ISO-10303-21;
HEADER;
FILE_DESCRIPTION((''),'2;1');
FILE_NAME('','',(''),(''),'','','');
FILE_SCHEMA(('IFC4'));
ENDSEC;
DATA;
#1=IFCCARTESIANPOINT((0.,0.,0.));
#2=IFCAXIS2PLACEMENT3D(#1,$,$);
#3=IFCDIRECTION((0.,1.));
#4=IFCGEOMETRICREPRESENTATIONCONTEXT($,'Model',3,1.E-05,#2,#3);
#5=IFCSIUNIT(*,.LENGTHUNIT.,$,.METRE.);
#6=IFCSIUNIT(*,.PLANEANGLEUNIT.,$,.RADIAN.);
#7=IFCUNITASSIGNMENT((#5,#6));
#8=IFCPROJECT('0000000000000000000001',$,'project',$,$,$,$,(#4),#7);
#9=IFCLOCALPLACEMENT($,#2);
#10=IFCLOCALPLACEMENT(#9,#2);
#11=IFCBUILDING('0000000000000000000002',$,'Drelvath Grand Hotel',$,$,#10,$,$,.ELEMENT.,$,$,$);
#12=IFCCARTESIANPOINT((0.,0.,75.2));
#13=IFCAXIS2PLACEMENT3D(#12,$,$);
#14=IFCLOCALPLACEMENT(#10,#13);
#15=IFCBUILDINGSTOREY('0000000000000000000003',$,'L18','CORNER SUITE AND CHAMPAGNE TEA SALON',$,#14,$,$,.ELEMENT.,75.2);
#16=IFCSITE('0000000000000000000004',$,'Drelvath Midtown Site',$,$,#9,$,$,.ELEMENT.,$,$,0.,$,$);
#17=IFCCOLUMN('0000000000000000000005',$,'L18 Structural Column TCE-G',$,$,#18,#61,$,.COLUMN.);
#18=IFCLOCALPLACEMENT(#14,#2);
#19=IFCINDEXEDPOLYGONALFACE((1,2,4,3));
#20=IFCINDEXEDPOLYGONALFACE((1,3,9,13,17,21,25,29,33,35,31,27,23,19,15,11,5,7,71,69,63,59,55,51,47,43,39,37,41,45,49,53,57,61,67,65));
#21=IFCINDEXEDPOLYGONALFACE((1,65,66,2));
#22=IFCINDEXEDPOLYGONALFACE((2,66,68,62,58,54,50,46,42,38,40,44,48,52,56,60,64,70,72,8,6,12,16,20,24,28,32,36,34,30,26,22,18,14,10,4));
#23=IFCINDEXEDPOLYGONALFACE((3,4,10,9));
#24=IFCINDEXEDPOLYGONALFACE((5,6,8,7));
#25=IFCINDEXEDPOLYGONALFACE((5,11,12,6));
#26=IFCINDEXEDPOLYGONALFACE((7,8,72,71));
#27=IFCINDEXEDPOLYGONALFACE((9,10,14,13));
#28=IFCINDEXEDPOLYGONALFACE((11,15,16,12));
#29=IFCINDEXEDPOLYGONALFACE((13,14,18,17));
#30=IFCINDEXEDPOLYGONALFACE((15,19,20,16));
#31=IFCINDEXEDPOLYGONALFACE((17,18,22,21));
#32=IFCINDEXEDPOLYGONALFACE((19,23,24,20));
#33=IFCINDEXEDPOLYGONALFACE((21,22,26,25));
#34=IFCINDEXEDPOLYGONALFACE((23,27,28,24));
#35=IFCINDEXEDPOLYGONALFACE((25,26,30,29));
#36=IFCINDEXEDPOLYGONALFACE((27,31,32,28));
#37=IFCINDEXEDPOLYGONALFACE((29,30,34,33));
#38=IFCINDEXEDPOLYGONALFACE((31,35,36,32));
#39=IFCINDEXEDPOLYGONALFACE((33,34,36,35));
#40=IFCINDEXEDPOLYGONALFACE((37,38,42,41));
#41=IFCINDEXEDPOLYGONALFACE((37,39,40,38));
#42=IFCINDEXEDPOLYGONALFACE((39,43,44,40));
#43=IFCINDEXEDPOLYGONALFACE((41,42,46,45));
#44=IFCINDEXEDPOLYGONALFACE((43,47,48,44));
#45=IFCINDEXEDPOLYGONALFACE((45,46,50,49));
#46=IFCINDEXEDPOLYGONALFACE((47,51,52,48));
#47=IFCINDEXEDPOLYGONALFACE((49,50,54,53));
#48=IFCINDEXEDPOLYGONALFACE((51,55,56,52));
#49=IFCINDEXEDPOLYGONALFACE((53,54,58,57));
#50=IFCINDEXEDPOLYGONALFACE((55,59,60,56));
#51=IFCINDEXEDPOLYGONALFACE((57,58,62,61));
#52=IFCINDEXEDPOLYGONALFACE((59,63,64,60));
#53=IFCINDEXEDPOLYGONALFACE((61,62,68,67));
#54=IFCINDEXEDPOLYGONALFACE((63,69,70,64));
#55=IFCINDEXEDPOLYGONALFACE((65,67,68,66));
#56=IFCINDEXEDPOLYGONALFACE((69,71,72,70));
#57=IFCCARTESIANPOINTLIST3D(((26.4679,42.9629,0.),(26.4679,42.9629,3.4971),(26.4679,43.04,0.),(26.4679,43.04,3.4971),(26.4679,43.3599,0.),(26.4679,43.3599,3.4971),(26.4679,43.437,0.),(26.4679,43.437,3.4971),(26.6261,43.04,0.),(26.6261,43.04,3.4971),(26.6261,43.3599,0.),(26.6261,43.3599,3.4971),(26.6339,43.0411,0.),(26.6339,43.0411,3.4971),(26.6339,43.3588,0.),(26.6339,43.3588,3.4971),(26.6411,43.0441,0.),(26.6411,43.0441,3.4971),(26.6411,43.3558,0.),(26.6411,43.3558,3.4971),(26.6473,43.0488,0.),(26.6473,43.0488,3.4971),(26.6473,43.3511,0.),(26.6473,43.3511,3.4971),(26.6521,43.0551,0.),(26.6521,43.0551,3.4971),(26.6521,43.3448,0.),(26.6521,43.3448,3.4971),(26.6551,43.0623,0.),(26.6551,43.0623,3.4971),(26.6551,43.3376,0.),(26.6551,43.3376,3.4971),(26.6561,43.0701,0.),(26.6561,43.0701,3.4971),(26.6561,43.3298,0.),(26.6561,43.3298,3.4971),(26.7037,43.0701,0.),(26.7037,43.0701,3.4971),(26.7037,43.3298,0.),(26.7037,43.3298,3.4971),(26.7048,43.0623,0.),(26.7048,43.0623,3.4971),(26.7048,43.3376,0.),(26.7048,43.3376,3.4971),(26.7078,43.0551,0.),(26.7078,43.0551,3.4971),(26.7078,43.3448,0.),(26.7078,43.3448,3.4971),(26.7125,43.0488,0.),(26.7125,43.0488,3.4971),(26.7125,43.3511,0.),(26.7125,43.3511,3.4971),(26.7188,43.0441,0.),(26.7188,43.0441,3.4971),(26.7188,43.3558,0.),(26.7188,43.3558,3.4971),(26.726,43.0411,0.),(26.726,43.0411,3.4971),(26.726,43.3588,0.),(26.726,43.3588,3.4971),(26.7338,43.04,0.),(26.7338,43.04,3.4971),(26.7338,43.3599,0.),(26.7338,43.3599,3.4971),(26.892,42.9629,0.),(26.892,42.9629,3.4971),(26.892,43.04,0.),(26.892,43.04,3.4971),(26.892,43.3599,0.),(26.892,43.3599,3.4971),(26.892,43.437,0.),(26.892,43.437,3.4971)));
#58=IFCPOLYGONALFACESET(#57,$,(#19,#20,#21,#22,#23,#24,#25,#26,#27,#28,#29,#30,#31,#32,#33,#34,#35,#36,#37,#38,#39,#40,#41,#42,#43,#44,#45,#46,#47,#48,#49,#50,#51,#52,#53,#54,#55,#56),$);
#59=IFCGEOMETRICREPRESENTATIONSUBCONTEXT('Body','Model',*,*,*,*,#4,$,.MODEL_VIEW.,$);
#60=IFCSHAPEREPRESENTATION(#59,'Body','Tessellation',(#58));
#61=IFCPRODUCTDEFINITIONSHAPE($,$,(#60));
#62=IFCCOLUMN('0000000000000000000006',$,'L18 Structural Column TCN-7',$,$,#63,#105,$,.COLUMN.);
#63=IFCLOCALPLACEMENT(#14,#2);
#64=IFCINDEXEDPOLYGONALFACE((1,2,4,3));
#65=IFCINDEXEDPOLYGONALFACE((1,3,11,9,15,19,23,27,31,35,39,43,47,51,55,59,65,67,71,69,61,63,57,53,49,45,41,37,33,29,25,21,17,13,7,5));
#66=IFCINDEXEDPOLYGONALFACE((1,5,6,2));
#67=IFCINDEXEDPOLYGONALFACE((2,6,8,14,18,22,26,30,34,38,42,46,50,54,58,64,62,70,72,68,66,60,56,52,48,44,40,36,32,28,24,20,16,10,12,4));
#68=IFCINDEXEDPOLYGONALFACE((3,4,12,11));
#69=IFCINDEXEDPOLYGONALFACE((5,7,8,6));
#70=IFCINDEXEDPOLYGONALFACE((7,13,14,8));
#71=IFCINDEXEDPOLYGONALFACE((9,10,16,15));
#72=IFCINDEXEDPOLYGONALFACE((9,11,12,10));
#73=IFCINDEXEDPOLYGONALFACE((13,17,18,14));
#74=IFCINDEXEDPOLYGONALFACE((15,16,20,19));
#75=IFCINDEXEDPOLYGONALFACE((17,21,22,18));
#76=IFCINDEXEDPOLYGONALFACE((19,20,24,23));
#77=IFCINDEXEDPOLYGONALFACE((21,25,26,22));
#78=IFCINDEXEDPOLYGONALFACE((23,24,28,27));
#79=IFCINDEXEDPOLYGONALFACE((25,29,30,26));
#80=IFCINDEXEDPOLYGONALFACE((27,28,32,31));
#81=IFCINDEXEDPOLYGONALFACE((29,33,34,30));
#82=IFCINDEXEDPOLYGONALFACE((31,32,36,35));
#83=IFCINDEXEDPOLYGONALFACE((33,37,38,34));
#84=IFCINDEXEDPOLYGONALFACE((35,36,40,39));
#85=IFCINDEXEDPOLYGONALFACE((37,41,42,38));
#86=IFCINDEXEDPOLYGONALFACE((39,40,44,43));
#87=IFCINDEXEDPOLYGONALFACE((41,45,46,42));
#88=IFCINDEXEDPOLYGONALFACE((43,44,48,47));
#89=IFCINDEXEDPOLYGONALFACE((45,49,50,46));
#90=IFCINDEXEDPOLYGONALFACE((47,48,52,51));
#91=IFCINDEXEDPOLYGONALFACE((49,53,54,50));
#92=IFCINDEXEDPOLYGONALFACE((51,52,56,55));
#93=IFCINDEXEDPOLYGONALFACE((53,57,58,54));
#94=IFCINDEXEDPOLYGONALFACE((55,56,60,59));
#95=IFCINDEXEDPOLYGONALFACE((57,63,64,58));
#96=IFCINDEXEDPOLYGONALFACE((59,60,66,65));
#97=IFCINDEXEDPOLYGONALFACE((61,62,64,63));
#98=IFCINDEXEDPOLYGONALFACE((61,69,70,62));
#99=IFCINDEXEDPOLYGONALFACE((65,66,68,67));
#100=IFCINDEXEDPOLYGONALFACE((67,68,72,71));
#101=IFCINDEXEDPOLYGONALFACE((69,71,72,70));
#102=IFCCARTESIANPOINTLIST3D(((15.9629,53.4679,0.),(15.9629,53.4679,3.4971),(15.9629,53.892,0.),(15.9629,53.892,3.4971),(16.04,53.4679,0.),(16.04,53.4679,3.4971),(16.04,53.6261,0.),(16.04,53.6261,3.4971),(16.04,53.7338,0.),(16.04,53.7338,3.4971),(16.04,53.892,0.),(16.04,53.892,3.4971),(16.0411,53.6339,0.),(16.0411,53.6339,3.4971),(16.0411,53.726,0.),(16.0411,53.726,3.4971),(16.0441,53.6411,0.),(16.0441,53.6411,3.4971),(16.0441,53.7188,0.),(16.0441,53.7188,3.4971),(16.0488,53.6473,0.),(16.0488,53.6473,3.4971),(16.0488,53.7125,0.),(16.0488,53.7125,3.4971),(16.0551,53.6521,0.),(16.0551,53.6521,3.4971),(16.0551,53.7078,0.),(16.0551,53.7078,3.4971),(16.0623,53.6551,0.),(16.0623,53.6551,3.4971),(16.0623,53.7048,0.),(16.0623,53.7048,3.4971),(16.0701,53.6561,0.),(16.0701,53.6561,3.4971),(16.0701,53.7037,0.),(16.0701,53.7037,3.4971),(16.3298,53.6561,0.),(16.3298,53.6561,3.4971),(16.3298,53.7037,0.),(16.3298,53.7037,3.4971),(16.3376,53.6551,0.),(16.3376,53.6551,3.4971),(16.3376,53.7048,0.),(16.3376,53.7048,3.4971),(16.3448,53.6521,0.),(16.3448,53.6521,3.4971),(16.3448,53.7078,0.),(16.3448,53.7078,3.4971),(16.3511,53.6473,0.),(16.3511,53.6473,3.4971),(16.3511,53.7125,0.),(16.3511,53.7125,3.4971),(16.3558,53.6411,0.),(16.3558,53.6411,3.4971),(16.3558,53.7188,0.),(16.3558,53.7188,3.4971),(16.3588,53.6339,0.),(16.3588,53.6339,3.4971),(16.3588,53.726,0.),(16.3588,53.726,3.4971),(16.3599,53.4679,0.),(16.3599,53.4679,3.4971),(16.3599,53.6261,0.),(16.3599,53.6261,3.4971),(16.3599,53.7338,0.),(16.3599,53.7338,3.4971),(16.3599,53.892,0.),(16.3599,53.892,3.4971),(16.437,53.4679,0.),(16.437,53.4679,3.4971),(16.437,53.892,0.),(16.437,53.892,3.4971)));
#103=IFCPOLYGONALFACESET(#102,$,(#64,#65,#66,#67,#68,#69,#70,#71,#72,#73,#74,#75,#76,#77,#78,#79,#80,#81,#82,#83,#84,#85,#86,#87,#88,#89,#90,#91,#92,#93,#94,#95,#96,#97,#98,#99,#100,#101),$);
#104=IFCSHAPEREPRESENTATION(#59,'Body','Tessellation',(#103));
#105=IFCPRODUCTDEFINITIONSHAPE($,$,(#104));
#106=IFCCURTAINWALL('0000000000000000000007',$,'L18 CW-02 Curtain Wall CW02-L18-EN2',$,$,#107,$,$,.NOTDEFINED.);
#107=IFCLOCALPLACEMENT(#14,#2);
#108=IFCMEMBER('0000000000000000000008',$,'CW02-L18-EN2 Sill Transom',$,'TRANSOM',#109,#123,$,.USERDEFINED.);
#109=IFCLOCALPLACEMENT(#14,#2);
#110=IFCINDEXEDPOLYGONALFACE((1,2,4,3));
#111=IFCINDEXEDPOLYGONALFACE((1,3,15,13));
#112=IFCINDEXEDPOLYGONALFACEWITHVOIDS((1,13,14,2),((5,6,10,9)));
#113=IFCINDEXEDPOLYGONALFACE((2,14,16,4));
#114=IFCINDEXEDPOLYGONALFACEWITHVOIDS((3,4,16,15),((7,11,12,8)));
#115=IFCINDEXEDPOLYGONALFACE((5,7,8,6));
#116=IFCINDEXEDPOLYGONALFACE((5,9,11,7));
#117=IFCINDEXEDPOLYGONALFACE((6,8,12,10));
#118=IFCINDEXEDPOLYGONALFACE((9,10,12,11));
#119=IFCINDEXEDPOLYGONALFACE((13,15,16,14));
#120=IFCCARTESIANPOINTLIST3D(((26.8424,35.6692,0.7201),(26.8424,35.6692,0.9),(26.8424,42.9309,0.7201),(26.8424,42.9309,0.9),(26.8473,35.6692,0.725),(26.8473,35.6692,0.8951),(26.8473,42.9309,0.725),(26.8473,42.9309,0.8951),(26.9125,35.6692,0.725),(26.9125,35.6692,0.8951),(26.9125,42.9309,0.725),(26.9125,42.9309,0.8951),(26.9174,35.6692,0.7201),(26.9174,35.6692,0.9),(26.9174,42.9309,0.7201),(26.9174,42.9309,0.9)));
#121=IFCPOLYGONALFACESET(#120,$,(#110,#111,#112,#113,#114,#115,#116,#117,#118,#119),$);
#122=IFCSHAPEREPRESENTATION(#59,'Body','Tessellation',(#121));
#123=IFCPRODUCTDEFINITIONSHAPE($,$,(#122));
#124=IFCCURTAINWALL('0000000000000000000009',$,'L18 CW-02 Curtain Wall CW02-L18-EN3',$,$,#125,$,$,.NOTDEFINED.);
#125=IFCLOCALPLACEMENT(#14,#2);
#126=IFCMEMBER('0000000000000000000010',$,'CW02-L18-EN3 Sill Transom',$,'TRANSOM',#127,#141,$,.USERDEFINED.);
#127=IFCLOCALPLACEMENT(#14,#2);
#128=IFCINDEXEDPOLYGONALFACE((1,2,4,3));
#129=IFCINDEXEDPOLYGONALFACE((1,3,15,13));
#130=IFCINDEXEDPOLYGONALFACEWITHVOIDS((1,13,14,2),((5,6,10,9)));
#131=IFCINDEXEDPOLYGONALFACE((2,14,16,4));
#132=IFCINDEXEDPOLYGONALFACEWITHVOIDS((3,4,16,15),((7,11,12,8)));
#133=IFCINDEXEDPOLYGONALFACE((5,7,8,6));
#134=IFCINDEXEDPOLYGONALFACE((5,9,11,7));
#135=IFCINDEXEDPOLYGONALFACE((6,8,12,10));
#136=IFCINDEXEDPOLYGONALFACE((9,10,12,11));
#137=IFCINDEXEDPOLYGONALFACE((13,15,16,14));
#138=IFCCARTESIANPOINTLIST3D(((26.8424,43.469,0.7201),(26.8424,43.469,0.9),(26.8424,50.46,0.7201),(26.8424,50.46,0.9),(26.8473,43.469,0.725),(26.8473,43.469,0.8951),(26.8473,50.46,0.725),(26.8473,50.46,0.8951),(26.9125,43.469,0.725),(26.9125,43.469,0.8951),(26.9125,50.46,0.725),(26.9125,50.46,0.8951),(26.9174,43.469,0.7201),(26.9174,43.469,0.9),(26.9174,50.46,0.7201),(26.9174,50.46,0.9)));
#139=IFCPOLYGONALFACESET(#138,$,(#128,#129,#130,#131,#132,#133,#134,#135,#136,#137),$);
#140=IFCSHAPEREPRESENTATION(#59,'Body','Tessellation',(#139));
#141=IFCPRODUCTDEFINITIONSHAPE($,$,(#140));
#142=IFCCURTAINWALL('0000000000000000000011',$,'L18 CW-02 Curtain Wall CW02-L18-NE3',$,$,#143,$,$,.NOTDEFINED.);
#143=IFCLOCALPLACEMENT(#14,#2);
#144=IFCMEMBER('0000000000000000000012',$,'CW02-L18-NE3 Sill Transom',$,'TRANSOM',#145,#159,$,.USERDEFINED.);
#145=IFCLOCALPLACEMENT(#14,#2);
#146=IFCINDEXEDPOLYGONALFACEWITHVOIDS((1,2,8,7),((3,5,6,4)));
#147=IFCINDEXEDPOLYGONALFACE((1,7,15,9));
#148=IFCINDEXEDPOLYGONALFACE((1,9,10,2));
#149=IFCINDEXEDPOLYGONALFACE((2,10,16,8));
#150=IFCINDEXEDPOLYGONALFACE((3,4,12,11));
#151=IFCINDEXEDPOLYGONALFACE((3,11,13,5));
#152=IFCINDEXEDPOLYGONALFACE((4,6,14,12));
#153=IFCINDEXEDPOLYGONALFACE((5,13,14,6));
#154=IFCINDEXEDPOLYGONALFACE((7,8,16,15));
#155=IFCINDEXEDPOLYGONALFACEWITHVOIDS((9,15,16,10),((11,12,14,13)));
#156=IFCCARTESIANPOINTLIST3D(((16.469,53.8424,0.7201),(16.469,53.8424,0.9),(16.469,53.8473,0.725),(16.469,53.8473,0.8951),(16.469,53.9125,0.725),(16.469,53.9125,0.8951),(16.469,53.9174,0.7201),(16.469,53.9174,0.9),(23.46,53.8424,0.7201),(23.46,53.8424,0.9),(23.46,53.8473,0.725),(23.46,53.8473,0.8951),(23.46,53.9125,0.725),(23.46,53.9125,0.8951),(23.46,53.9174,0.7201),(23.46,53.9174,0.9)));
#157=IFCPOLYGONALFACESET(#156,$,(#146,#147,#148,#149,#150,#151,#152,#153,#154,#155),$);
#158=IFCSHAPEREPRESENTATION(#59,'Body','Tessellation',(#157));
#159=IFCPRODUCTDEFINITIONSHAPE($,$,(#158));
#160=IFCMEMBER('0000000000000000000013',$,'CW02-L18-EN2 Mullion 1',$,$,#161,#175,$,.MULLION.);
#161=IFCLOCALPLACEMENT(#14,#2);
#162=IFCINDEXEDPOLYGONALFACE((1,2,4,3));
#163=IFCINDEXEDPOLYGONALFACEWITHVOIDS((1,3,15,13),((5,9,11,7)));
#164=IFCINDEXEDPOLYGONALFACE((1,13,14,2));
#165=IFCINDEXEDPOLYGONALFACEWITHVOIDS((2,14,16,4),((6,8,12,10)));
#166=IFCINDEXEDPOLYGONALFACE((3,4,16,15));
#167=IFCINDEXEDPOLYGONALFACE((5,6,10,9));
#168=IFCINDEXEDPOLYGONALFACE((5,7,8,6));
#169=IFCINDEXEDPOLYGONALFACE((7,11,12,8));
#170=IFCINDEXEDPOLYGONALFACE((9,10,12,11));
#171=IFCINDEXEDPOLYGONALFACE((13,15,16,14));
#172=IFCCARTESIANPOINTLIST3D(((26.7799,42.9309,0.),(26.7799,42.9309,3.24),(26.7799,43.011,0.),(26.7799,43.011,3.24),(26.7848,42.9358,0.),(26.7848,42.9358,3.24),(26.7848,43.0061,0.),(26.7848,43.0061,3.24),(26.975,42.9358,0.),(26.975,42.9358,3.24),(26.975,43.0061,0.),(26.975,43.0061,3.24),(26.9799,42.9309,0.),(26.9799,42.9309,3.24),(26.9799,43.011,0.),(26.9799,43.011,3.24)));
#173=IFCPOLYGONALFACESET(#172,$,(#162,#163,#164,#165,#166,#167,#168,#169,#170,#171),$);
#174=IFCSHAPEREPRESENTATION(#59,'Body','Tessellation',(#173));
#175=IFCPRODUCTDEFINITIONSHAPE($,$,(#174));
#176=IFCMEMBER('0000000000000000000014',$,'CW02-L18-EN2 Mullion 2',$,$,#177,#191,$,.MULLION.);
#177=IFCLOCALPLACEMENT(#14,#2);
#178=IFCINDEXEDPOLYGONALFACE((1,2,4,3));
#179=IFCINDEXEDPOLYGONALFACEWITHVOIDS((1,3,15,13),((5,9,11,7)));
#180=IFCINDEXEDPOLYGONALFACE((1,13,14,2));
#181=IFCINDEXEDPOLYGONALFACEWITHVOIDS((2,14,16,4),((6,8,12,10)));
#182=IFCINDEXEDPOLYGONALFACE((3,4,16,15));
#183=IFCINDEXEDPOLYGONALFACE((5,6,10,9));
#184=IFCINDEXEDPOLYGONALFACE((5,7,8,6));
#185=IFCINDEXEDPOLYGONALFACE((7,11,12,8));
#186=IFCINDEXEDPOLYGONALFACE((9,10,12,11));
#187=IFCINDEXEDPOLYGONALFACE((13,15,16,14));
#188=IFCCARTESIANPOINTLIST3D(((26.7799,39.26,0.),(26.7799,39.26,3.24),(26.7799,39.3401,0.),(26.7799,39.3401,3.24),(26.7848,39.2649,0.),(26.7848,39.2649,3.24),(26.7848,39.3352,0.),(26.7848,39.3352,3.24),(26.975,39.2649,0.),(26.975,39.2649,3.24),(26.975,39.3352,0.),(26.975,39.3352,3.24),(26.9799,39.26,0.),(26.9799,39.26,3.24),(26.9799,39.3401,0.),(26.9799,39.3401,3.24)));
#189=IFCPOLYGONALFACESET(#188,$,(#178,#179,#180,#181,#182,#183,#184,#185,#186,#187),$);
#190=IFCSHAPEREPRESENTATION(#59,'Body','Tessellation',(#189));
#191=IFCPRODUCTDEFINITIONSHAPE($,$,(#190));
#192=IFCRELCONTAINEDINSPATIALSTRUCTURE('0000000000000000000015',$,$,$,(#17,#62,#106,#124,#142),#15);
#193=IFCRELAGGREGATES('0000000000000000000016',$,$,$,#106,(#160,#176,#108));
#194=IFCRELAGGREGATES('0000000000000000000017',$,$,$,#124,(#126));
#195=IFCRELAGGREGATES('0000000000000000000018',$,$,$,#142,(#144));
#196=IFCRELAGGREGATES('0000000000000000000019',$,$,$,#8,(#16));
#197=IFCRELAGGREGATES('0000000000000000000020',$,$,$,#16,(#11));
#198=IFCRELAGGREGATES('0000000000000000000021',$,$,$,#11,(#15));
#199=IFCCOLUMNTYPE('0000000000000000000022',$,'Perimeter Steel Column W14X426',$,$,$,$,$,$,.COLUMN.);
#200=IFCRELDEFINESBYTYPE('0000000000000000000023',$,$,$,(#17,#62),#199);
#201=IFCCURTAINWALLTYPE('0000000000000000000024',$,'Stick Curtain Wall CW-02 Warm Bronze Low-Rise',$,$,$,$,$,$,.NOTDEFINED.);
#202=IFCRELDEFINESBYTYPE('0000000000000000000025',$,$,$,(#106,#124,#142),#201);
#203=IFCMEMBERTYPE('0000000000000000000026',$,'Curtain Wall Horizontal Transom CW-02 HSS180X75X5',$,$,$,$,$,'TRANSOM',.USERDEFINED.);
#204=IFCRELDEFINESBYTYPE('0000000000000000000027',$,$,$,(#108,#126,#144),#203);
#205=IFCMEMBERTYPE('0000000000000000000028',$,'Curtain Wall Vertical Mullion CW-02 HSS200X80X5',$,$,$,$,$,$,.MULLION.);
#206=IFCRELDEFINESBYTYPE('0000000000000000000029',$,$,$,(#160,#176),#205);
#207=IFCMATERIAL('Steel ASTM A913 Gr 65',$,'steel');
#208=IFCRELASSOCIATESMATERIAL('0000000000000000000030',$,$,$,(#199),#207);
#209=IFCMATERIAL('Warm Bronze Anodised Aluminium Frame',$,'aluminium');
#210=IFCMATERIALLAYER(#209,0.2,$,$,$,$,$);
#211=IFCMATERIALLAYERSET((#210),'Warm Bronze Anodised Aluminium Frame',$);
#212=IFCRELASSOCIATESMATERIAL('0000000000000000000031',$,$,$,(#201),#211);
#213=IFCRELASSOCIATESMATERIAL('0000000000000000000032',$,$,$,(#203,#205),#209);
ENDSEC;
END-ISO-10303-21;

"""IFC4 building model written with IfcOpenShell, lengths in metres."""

from ifc_helpers import new_model, si_unit, direction, frame, origin, origin_2d, place, context, subcontext, project, spatial, hollow_rectangle, i_section, extrude, material, layer, layer_set, material_profile, profile_set, type_object, element, aggregate, save


model = new_model("IFC4")

# Units and contexts
model_context = context("Model", 3, precision=1e-05, world=origin(), true_north=direction((0.0, 1.0)))
body_context = subcontext(model_context, "Body", "Model", "MODEL_VIEW")
ifc_project = project(units=[si_unit("LENGTHUNIT", "METRE"), si_unit("PLANEANGLEUNIT", "RADIAN")], contexts=[model_context])

# Site, building, storey
site_placement = place(None, origin())
site = spatial("IfcSite", under=ifc_project, at=site_placement, Name="Drelvath Midtown Site", CompositionType="ELEMENT", RefElevation=0.0)
building_placement = place(site_placement, origin())
building = spatial("IfcBuilding", under=site, at=building_placement, Name="Drelvath Grand Hotel", CompositionType="ELEMENT")
storey_placement = place(building_placement, frame((0.0, 0.0, 75.2)))
storey = spatial("IfcBuildingStorey", under=building, at=storey_placement, Name="L18", Description="CORNER SUITE AND CHAMPAGNE TEA SALON", CompositionType="ELEMENT", Elevation=75.2)

# Columns
ifc_material_1 = material(Name="Steel ASTM A913 Gr 65", Category="steel")
ifc_material_profile_1 = material_profile(ifc_material_1, i_section(OverallWidth=0.4241, OverallDepth=0.4741, WebThickness=0.0476, FlangeThickness=0.0771, FilletRadius=0.03, at=origin_2d()), Name="W14X426")
ifc_profile_set_1 = profile_set([ifc_material_profile_1], Name="Steel ASTM A913 Gr 65")
column_type = type_object("IfcColumnType", Name="Perimeter Steel Column W14X426", PredefinedType="COLUMN", material=ifc_profile_set_1)
for number, where, z_axis, x_axis, name in (
    (1, (26.6799, 43.2, 0.0), (0.0, 0.0, 1.0), (1.0, 0.0, 0.0), "L18 Structural Column TCE-G"),
    (2, (16.2, 53.6799, 0.0), (0.0, 0.0, 1.0), (0.0, 1.0, 0.0), "L18 Structural Column TCN-7"),
):
    element("IfcColumn", number, at=place(storey_placement, frame(where, z_axis=z_axis, x_axis=x_axis)), inside=storey, type_object=column_type, Name=name, PredefinedType="COLUMN", context=body_context, shape_type="SweptSolid", body=[
        extrude(i_section(OverallWidth=0.4241, OverallDepth=0.4741, WebThickness=0.0476, FlangeThickness=0.0771, FilletRadius=0.03, at=origin_2d()), origin(), (0.0, 0.0, 1.0), 3.4971),
    ])

# Curtain walls, members
ifc_material_2 = material(Name="Warm Bronze Anodised Aluminium Frame", Category="aluminium")
ifc_layer_1 = layer(ifc_material_2, 0.2)
ifc_layer_set_1 = layer_set([ifc_layer_1], Name="Warm Bronze Anodised Aluminium Frame")
curtain_wall_type = type_object("IfcCurtainWallType", Name="Stick Curtain Wall CW-02 Warm Bronze Low-Rise", PredefinedType="NOTDEFINED", material=ifc_layer_set_1)
curtain_wall_1_placement = place(storey_placement, origin())
curtain_wall_1 = element("IfcCurtainWall", 3, at=curtain_wall_1_placement, inside=storey, type_object=curtain_wall_type, Name="L18 CW-02 Curtain Wall CW02-L18-EN2", PredefinedType="NOTDEFINED")
ifc_material_profile_2 = material_profile(ifc_material_2, hollow_rectangle(XDim=0.075, YDim=0.1799, WallThickness=0.0049, at=origin_2d()), Name="HSS180X75X5")
ifc_profile_set_2 = profile_set([ifc_material_profile_2], Name="Warm Bronze Anodised Aluminium Frame")
member_type_1 = type_object("IfcMemberType", Name="Curtain Wall Horizontal Transom CW-02 HSS180X75X5", ElementType="TRANSOM", PredefinedType="USERDEFINED", material=ifc_profile_set_2)
member_1_placement = place(storey_placement, frame((26.8799, 42.9309, 0.8101), z_axis=(0.0, -1.0, 0.0), x_axis=(1.0, 0.0, 0.0)))
member_1 = element("IfcMember", 4, at=member_1_placement, type_object=member_type_1, Name="CW02-L18-EN2 Sill Transom", ObjectType="TRANSOM", PredefinedType="USERDEFINED", context=body_context, shape_type="SweptSolid", body=[
    extrude(hollow_rectangle(XDim=0.075, YDim=0.1799, WallThickness=0.0049, at=origin_2d()), origin(), (0.0, 0.0, 1.0), 7.2617),
])
curtain_wall_2_placement = place(storey_placement, origin())
curtain_wall_2 = element("IfcCurtainWall", 5, at=curtain_wall_2_placement, inside=storey, type_object=curtain_wall_type, Name="L18 CW-02 Curtain Wall CW02-L18-EN3", PredefinedType="NOTDEFINED")
member_2_placement = place(storey_placement, frame((26.8799, 50.46, 0.8101), z_axis=(0.0, -1.0, 0.0), x_axis=(1.0, 0.0, 0.0)))
member_2 = element("IfcMember", 6, at=member_2_placement, type_object=member_type_1, Name="CW02-L18-EN3 Sill Transom", ObjectType="TRANSOM", PredefinedType="USERDEFINED", context=body_context, shape_type="SweptSolid", body=[
    extrude(hollow_rectangle(XDim=0.075, YDim=0.1799, WallThickness=0.0049, at=origin_2d()), origin(), (0.0, 0.0, 1.0), 6.991),
])
curtain_wall_3_placement = place(storey_placement, origin())
curtain_wall_3 = element("IfcCurtainWall", 7, at=curtain_wall_3_placement, inside=storey, type_object=curtain_wall_type, Name="L18 CW-02 Curtain Wall CW02-L18-NE3", PredefinedType="NOTDEFINED")
member_3_placement = place(storey_placement, frame((16.469, 53.8799, 0.8101), z_axis=(1.0, 0.0, 0.0), x_axis=(0.0, 1.0, 0.0)))
member_3 = element("IfcMember", 8, at=member_3_placement, type_object=member_type_1, Name="CW02-L18-NE3 Sill Transom", ObjectType="TRANSOM", PredefinedType="USERDEFINED", context=body_context, shape_type="SweptSolid", body=[
    extrude(hollow_rectangle(XDim=0.075, YDim=0.1799, WallThickness=0.0049, at=origin_2d()), origin(), (0.0, 0.0, 1.0), 6.991),
])

# Members
ifc_material_profile_3 = material_profile(ifc_material_2, hollow_rectangle(XDim=0.0801, YDim=0.2, WallThickness=0.0049, at=origin_2d()), Name="HSS200X80X5")
ifc_profile_set_3 = profile_set([ifc_material_profile_3], Name="Warm Bronze Anodised Aluminium Frame")
member_type_2 = type_object("IfcMemberType", Name="Curtain Wall Vertical Mullion CW-02 HSS200X80X5", PredefinedType="MULLION", material=ifc_profile_set_3)
member_4_placement = place(storey_placement, frame((26.8799, 42.9709, 0.0), z_axis=(0.0, 0.0, 1.0), x_axis=(0.0, 1.0, 0.0)))
member_4 = element("IfcMember", 9, at=member_4_placement, type_object=member_type_2, Name="CW02-L18-EN2 Mullion 1", PredefinedType="MULLION", context=body_context, shape_type="SweptSolid", body=[
    extrude(hollow_rectangle(XDim=0.0801, YDim=0.2, WallThickness=0.0049, at=origin_2d()), origin(), (0.0, 0.0, 1.0), 3.24),
])
member_5_placement = place(storey_placement, frame((26.8799, 39.3, 0.0), z_axis=(0.0, 0.0, 1.0), x_axis=(0.0, 1.0, 0.0)))
member_5 = element("IfcMember", 10, at=member_5_placement, type_object=member_type_2, Name="CW02-L18-EN2 Mullion 2", PredefinedType="MULLION", context=body_context, shape_type="SweptSolid", body=[
    extrude(hollow_rectangle(XDim=0.0801, YDim=0.2, WallThickness=0.0049, at=origin_2d()), origin(), (0.0, 0.0, 1.0), 3.24),
])

aggregate(curtain_wall_1, [member_4, member_5, member_1])
aggregate(curtain_wall_2, [member_2])
aggregate(curtain_wall_3, [member_3])

save(model, "model.ifc")
